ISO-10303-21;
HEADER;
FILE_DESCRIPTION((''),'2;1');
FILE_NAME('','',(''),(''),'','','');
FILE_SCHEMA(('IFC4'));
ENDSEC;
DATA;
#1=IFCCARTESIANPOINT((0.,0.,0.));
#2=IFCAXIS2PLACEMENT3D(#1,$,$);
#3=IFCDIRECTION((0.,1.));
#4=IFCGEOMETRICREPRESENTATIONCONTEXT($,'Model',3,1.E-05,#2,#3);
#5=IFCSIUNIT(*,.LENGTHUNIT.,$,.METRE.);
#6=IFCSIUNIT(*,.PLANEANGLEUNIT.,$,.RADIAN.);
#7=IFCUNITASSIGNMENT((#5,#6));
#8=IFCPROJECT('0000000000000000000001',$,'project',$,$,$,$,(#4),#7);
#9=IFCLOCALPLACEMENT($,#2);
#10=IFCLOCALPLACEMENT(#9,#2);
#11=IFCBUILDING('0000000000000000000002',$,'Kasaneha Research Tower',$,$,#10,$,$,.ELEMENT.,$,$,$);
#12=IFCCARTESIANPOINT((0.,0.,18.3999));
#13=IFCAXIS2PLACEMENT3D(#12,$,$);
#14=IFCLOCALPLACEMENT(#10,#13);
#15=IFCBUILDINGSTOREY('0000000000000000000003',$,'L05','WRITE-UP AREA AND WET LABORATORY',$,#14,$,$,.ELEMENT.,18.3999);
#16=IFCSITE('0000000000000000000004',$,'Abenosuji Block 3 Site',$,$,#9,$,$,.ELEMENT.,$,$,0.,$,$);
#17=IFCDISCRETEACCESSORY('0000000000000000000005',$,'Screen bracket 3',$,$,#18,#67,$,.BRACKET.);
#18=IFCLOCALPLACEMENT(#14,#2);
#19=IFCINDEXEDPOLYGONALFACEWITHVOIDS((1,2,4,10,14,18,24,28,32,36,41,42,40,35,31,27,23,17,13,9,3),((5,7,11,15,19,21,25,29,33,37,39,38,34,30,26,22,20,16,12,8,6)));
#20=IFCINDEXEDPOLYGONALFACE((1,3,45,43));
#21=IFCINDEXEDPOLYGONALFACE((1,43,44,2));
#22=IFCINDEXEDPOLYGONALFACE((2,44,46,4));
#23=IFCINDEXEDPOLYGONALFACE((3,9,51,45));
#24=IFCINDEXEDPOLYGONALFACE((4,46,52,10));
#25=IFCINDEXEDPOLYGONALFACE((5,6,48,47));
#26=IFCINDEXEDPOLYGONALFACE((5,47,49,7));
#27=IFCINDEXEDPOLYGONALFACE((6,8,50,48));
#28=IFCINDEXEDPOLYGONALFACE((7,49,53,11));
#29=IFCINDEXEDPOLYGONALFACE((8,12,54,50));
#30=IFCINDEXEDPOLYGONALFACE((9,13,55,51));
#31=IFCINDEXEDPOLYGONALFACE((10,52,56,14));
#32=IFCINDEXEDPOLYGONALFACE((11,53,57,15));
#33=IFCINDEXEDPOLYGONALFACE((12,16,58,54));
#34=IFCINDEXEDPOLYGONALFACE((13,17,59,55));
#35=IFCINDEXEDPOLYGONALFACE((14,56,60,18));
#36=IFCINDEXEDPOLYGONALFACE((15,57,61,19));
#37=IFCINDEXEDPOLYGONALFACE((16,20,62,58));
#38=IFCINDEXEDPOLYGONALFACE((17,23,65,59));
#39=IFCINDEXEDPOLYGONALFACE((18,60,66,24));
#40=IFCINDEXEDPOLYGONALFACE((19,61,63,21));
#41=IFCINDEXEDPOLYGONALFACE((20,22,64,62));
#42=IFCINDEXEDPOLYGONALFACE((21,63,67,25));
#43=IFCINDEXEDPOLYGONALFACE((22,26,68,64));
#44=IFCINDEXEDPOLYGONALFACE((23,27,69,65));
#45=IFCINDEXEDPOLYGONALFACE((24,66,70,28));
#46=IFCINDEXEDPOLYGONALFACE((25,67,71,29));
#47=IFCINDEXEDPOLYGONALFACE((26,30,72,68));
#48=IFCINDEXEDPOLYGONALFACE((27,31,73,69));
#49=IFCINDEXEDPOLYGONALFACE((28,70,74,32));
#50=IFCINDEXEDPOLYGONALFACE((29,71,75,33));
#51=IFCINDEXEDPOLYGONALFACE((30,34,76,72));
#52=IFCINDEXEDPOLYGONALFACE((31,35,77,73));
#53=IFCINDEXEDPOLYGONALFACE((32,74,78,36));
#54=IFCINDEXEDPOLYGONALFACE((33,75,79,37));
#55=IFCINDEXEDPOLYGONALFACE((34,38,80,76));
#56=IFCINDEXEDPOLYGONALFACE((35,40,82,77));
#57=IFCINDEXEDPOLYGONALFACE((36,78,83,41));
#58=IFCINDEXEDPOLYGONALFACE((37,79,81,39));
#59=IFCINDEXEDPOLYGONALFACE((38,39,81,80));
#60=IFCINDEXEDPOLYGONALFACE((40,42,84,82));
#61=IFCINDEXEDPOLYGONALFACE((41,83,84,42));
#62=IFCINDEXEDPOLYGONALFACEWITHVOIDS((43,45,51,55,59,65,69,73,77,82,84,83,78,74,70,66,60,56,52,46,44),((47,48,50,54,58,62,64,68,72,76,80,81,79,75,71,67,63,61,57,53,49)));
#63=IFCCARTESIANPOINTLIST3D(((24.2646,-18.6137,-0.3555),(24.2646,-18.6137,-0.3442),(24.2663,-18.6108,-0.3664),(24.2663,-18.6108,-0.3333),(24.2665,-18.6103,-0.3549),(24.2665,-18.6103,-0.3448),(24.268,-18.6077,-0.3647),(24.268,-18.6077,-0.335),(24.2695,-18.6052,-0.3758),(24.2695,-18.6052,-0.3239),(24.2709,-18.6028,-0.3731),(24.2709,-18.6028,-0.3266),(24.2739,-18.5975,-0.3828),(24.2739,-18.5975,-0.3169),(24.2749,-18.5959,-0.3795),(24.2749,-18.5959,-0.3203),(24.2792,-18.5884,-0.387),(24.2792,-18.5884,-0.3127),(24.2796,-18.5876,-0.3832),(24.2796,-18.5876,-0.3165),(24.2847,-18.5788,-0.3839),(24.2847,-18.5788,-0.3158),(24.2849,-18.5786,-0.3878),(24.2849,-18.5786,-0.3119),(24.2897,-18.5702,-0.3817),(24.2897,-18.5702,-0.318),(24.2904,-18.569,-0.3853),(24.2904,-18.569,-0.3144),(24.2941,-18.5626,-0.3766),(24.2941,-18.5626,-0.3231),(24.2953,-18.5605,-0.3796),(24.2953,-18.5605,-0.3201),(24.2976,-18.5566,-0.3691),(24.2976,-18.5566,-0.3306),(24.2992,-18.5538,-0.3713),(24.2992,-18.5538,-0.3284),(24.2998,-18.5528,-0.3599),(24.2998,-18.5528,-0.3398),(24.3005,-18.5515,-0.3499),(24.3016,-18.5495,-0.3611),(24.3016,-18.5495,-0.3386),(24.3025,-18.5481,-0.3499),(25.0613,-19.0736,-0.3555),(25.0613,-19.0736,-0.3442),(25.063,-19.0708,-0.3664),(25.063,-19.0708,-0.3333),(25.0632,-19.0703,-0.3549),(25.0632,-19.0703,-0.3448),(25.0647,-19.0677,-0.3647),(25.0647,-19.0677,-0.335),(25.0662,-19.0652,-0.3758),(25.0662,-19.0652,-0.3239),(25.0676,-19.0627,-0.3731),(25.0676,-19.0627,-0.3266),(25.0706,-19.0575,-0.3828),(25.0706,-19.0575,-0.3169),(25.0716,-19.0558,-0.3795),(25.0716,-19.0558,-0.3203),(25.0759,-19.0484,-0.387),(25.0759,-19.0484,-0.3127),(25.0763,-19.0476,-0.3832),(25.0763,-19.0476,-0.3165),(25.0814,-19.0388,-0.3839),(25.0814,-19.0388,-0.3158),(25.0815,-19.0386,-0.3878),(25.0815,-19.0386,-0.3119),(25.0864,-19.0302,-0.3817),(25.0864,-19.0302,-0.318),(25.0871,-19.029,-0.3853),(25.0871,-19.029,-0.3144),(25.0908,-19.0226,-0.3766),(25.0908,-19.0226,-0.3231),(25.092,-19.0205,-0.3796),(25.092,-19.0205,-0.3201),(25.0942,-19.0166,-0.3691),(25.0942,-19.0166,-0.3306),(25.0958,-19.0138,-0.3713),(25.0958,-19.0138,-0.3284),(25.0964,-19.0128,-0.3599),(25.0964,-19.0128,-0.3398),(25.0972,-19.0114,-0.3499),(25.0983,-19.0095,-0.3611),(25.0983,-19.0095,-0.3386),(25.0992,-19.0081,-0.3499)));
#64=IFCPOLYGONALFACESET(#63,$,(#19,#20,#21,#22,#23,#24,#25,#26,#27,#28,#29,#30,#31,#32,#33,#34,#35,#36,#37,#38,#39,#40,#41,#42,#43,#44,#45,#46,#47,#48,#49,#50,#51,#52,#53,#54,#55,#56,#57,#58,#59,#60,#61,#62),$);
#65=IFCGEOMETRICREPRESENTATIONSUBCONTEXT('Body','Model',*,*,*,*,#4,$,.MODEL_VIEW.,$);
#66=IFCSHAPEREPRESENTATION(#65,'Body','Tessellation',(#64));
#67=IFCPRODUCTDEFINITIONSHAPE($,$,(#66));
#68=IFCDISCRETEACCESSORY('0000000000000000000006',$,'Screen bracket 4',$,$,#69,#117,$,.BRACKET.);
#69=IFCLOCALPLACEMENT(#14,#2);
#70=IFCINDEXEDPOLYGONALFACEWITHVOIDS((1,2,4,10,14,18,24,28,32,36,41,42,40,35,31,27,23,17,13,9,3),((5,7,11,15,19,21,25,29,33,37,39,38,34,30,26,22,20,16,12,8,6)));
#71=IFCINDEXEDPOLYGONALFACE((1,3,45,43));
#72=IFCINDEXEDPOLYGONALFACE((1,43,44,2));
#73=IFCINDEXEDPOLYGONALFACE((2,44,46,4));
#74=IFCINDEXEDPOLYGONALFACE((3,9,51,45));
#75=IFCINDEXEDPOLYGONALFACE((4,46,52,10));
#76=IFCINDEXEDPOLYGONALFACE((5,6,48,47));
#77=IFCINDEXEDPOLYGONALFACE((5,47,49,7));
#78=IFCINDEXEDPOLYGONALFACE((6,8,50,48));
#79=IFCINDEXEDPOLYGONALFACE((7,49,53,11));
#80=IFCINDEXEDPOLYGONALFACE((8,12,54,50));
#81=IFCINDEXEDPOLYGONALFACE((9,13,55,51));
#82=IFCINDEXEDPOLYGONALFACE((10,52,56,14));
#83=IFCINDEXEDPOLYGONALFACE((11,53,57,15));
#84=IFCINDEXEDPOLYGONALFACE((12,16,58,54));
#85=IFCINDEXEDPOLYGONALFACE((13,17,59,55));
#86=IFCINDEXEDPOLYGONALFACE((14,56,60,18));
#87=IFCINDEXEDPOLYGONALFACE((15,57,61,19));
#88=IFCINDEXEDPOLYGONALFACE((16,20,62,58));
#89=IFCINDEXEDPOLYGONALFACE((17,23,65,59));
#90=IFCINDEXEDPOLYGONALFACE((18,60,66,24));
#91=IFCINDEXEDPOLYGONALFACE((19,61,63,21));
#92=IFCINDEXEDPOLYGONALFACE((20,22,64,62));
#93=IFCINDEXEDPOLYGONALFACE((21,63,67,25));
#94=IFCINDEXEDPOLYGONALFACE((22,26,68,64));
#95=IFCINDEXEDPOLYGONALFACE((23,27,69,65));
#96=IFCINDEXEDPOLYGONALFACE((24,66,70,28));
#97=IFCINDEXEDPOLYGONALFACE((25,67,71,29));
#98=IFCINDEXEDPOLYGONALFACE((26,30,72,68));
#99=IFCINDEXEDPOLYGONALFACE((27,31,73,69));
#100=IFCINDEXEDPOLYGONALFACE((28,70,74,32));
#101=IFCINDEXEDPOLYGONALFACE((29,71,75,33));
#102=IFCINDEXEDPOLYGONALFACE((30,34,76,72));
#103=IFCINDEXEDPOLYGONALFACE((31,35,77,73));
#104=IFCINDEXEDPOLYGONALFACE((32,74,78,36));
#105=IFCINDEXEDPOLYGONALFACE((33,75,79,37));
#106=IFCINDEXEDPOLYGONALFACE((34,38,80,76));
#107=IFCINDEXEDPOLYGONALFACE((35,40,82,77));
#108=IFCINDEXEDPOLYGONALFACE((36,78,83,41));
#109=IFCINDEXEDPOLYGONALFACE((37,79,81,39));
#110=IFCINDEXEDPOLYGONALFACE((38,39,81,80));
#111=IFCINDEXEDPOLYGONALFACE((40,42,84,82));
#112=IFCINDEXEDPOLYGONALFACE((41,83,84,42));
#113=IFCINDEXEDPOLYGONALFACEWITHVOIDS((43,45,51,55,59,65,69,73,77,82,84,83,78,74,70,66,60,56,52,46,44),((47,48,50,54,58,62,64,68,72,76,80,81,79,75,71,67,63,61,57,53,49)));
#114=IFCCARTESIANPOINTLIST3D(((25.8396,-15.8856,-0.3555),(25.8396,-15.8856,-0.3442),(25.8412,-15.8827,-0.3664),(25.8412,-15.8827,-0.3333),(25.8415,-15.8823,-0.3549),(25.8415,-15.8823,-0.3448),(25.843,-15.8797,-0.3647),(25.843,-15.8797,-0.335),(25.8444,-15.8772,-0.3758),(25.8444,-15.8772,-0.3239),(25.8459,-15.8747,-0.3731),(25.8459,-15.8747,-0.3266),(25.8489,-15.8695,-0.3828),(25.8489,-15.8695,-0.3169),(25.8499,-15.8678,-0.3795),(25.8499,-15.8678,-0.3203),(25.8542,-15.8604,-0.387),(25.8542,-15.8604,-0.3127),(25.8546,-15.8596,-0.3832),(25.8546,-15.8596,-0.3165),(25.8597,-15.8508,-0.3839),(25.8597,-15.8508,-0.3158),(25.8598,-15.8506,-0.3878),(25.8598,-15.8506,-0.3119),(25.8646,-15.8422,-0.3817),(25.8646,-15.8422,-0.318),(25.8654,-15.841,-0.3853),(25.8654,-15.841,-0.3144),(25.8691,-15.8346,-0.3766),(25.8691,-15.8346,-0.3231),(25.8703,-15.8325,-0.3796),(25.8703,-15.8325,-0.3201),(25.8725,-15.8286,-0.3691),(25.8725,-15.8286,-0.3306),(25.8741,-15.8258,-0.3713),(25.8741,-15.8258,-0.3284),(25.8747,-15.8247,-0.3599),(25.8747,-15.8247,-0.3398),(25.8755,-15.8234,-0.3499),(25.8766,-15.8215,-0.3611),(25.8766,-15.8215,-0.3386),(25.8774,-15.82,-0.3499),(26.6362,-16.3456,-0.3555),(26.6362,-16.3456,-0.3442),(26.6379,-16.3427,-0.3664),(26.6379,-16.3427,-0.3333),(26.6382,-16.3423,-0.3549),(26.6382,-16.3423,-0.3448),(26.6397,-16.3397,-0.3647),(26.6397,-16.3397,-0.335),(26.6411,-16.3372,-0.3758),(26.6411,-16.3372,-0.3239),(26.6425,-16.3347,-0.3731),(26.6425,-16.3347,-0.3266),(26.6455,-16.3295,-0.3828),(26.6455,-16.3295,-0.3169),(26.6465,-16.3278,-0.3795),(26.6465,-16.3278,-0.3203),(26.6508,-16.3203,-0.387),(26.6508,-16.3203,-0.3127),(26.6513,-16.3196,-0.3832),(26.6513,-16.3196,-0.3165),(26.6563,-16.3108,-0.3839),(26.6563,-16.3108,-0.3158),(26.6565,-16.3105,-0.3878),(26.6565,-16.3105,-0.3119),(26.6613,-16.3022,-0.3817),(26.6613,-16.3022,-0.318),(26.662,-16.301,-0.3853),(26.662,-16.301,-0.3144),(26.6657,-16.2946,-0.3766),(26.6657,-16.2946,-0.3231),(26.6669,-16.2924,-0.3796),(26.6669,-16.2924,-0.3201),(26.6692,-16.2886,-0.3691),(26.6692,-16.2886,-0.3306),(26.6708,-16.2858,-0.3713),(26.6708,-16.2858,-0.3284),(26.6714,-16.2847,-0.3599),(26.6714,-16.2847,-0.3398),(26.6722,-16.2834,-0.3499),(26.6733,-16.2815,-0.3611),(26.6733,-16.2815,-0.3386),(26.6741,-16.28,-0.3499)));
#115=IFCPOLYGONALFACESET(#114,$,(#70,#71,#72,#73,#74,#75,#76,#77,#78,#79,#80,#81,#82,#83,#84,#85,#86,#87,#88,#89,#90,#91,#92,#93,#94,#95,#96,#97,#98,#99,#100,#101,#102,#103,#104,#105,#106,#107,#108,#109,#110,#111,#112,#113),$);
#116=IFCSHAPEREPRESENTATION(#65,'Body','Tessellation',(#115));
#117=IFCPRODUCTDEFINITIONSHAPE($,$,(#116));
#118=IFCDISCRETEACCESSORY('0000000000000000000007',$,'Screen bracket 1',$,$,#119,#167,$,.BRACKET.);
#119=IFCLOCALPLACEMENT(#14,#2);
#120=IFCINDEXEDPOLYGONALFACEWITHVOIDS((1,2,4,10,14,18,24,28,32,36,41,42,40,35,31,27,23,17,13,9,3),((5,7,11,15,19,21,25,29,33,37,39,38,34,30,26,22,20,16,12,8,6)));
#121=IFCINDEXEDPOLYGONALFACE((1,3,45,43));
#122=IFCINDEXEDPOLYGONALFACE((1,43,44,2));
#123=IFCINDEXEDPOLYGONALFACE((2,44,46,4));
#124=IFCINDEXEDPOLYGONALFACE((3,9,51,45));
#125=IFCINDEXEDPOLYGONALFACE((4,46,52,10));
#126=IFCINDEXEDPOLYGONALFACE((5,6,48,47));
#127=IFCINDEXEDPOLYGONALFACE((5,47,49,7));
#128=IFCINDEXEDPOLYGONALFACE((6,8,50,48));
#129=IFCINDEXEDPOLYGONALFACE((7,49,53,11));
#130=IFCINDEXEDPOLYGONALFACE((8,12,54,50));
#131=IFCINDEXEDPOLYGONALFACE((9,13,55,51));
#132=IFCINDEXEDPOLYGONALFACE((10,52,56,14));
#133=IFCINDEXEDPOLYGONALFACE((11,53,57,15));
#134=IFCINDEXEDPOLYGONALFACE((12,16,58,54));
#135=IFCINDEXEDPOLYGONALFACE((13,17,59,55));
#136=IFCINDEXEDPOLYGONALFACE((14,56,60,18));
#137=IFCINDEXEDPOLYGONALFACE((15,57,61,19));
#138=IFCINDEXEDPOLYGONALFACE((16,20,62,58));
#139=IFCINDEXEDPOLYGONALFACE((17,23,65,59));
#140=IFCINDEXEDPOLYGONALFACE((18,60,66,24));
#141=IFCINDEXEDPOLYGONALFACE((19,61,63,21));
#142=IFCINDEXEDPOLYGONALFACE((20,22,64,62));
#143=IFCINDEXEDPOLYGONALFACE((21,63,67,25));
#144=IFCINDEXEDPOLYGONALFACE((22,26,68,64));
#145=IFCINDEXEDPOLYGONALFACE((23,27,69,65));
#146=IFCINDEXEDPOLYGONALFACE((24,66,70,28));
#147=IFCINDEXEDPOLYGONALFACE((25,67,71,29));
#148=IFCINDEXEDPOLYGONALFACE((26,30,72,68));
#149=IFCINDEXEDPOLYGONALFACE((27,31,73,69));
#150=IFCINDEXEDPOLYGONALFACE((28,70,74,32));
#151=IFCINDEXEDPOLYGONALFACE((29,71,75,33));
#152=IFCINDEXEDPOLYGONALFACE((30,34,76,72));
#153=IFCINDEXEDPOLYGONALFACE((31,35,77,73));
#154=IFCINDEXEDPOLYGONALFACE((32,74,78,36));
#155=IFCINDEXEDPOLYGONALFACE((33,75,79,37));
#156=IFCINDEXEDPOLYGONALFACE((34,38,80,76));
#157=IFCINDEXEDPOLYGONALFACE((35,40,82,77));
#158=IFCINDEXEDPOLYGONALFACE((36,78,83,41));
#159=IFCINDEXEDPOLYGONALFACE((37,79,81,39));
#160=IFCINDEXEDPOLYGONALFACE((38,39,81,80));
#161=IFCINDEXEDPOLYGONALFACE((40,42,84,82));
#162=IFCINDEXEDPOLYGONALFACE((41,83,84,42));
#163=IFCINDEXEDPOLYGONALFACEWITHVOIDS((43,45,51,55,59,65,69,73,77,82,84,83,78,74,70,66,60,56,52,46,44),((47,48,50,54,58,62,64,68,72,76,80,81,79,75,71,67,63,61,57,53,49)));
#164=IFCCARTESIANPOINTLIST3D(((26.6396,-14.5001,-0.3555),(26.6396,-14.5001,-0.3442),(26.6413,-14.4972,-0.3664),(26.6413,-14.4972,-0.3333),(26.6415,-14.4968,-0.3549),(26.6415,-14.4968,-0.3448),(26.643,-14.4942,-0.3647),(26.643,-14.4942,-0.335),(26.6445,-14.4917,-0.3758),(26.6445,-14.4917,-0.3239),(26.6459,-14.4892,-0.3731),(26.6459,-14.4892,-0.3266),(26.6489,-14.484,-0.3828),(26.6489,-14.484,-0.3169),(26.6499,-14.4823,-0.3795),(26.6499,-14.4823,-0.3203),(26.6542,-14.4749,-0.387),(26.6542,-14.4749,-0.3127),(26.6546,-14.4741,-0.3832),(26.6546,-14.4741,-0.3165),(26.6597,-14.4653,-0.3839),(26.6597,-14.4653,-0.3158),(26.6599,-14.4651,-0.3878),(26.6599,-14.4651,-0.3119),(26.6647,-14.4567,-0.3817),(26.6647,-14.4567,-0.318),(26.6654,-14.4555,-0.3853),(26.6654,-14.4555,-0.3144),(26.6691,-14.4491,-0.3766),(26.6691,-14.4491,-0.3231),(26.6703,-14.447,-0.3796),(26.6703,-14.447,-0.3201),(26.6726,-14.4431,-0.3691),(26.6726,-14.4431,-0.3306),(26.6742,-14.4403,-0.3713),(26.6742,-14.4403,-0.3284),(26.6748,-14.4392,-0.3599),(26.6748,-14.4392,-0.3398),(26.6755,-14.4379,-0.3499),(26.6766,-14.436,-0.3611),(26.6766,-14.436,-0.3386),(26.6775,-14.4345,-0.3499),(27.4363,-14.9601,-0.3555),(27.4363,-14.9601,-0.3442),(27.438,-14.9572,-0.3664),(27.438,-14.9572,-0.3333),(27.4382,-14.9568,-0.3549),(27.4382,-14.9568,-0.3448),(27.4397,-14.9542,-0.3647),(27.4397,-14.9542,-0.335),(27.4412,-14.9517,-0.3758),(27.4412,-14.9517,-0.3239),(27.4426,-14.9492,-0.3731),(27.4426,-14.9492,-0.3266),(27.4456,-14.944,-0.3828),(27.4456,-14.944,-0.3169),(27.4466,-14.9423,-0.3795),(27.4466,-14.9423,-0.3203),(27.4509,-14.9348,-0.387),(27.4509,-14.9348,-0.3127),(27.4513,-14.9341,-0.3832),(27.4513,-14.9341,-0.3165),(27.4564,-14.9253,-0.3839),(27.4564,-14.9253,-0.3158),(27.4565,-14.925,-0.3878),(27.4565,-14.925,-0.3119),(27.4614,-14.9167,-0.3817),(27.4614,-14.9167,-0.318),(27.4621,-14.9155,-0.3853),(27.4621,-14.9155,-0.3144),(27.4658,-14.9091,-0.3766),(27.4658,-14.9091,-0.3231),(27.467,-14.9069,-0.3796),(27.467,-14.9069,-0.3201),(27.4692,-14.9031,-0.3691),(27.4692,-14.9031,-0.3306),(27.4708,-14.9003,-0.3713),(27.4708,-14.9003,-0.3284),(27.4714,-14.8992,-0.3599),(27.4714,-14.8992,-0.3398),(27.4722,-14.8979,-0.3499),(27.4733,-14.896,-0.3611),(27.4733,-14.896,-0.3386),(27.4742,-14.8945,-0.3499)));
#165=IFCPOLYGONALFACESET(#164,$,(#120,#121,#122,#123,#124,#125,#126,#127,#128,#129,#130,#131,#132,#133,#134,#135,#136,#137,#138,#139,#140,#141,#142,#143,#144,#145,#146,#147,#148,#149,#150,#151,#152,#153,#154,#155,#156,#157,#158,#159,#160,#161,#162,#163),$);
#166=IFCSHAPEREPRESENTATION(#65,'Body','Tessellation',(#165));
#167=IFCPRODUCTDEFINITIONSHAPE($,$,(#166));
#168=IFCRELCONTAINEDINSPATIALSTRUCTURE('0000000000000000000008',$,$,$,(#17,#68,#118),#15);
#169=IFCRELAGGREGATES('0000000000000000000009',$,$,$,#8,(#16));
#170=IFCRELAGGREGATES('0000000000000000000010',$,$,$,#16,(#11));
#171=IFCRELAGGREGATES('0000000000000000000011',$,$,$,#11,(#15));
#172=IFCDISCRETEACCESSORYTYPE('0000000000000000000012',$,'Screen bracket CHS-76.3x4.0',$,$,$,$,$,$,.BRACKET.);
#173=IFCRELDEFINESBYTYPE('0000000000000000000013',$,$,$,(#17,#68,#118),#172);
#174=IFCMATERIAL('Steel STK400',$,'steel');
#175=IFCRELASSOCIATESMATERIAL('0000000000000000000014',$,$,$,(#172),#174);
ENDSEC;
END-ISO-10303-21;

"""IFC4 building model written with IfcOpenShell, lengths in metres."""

from ifc_helpers import new_model, si_unit, direction, frame, origin, origin_2d, place, context, subcontext, project, spatial, hollow_circle, extrude, material, material_profile, profile_set, type_object, element, save


model = new_model("IFC4")

# Units and contexts
model_context = context("Model", 3, precision=1e-05, world=origin(), true_north=direction((0.0, 1.0)))
body_context = subcontext(model_context, "Body", "Model", "MODEL_VIEW")
ifc_project = project(units=[si_unit("LENGTHUNIT", "METRE"), si_unit("PLANEANGLEUNIT", "RADIAN")], contexts=[model_context])

# Site, building, storey
site_placement = place(None, origin())
site = spatial("IfcSite", under=ifc_project, at=site_placement, Name="Abenosuji Block 3 Site", CompositionType="ELEMENT", RefElevation=0.0)
building_placement = place(site_placement, origin())
building = spatial("IfcBuilding", under=site, at=building_placement, Name="Kasaneha Research Tower", CompositionType="ELEMENT")
storey_placement = place(building_placement, frame((0.0, 0.0, 18.3999)))
storey = spatial("IfcBuildingStorey", under=building, at=storey_placement, Name="L05", Description="WRITE-UP AREA AND WET LABORATORY", CompositionType="ELEMENT", Elevation=18.3999)

# Discrete accessories
ifc_material_1 = material(Name="Steel STK400", Category="steel")
ifc_material_profile_1 = material_profile(ifc_material_1, hollow_circle(Radius=0.0381, WallThickness=0.0039, at=origin_2d()), Name="CHS-76.3x4.0")
ifc_profile_set_1 = profile_set([ifc_material_profile_1], Name="Steel STK400")
discrete_accessory_type = type_object("IfcDiscreteAccessoryType", Name="Screen bracket CHS-76.3x4.0", PredefinedType="BRACKET", material=ifc_profile_set_1)
for number, where, z_axis, x_axis, name in (
    (1, (24.2834, -18.5811, -0.3499), (0.866013, -0.500021, 0.0), (0.500021, 0.866013, 0.0), "Screen bracket 3"),
    (2, (25.8584, -15.853, -0.3499), (0.866013, -0.500021, 0.0), (0.500021, 0.866013, 0.0), "Screen bracket 4"),
    (3, (26.6584, -14.4675, -0.3499), (0.866013, -0.500021, 0.0), (0.500021, 0.866013, 0.0), "Screen bracket 1"),
):
    element("IfcDiscreteAccessory", number, at=place(storey_placement, frame(where, z_axis=z_axis, x_axis=x_axis)), inside=storey, type_object=discrete_accessory_type, Name=name, PredefinedType="BRACKET", context=body_context, shape_type="SweptSolid", body=[
        extrude(hollow_circle(Radius=0.0381, WallThickness=0.0039, at=origin_2d()), origin(), (0.0, 0.0, 1.0), 0.9199),
    ])

save(model, "model.ifc")
